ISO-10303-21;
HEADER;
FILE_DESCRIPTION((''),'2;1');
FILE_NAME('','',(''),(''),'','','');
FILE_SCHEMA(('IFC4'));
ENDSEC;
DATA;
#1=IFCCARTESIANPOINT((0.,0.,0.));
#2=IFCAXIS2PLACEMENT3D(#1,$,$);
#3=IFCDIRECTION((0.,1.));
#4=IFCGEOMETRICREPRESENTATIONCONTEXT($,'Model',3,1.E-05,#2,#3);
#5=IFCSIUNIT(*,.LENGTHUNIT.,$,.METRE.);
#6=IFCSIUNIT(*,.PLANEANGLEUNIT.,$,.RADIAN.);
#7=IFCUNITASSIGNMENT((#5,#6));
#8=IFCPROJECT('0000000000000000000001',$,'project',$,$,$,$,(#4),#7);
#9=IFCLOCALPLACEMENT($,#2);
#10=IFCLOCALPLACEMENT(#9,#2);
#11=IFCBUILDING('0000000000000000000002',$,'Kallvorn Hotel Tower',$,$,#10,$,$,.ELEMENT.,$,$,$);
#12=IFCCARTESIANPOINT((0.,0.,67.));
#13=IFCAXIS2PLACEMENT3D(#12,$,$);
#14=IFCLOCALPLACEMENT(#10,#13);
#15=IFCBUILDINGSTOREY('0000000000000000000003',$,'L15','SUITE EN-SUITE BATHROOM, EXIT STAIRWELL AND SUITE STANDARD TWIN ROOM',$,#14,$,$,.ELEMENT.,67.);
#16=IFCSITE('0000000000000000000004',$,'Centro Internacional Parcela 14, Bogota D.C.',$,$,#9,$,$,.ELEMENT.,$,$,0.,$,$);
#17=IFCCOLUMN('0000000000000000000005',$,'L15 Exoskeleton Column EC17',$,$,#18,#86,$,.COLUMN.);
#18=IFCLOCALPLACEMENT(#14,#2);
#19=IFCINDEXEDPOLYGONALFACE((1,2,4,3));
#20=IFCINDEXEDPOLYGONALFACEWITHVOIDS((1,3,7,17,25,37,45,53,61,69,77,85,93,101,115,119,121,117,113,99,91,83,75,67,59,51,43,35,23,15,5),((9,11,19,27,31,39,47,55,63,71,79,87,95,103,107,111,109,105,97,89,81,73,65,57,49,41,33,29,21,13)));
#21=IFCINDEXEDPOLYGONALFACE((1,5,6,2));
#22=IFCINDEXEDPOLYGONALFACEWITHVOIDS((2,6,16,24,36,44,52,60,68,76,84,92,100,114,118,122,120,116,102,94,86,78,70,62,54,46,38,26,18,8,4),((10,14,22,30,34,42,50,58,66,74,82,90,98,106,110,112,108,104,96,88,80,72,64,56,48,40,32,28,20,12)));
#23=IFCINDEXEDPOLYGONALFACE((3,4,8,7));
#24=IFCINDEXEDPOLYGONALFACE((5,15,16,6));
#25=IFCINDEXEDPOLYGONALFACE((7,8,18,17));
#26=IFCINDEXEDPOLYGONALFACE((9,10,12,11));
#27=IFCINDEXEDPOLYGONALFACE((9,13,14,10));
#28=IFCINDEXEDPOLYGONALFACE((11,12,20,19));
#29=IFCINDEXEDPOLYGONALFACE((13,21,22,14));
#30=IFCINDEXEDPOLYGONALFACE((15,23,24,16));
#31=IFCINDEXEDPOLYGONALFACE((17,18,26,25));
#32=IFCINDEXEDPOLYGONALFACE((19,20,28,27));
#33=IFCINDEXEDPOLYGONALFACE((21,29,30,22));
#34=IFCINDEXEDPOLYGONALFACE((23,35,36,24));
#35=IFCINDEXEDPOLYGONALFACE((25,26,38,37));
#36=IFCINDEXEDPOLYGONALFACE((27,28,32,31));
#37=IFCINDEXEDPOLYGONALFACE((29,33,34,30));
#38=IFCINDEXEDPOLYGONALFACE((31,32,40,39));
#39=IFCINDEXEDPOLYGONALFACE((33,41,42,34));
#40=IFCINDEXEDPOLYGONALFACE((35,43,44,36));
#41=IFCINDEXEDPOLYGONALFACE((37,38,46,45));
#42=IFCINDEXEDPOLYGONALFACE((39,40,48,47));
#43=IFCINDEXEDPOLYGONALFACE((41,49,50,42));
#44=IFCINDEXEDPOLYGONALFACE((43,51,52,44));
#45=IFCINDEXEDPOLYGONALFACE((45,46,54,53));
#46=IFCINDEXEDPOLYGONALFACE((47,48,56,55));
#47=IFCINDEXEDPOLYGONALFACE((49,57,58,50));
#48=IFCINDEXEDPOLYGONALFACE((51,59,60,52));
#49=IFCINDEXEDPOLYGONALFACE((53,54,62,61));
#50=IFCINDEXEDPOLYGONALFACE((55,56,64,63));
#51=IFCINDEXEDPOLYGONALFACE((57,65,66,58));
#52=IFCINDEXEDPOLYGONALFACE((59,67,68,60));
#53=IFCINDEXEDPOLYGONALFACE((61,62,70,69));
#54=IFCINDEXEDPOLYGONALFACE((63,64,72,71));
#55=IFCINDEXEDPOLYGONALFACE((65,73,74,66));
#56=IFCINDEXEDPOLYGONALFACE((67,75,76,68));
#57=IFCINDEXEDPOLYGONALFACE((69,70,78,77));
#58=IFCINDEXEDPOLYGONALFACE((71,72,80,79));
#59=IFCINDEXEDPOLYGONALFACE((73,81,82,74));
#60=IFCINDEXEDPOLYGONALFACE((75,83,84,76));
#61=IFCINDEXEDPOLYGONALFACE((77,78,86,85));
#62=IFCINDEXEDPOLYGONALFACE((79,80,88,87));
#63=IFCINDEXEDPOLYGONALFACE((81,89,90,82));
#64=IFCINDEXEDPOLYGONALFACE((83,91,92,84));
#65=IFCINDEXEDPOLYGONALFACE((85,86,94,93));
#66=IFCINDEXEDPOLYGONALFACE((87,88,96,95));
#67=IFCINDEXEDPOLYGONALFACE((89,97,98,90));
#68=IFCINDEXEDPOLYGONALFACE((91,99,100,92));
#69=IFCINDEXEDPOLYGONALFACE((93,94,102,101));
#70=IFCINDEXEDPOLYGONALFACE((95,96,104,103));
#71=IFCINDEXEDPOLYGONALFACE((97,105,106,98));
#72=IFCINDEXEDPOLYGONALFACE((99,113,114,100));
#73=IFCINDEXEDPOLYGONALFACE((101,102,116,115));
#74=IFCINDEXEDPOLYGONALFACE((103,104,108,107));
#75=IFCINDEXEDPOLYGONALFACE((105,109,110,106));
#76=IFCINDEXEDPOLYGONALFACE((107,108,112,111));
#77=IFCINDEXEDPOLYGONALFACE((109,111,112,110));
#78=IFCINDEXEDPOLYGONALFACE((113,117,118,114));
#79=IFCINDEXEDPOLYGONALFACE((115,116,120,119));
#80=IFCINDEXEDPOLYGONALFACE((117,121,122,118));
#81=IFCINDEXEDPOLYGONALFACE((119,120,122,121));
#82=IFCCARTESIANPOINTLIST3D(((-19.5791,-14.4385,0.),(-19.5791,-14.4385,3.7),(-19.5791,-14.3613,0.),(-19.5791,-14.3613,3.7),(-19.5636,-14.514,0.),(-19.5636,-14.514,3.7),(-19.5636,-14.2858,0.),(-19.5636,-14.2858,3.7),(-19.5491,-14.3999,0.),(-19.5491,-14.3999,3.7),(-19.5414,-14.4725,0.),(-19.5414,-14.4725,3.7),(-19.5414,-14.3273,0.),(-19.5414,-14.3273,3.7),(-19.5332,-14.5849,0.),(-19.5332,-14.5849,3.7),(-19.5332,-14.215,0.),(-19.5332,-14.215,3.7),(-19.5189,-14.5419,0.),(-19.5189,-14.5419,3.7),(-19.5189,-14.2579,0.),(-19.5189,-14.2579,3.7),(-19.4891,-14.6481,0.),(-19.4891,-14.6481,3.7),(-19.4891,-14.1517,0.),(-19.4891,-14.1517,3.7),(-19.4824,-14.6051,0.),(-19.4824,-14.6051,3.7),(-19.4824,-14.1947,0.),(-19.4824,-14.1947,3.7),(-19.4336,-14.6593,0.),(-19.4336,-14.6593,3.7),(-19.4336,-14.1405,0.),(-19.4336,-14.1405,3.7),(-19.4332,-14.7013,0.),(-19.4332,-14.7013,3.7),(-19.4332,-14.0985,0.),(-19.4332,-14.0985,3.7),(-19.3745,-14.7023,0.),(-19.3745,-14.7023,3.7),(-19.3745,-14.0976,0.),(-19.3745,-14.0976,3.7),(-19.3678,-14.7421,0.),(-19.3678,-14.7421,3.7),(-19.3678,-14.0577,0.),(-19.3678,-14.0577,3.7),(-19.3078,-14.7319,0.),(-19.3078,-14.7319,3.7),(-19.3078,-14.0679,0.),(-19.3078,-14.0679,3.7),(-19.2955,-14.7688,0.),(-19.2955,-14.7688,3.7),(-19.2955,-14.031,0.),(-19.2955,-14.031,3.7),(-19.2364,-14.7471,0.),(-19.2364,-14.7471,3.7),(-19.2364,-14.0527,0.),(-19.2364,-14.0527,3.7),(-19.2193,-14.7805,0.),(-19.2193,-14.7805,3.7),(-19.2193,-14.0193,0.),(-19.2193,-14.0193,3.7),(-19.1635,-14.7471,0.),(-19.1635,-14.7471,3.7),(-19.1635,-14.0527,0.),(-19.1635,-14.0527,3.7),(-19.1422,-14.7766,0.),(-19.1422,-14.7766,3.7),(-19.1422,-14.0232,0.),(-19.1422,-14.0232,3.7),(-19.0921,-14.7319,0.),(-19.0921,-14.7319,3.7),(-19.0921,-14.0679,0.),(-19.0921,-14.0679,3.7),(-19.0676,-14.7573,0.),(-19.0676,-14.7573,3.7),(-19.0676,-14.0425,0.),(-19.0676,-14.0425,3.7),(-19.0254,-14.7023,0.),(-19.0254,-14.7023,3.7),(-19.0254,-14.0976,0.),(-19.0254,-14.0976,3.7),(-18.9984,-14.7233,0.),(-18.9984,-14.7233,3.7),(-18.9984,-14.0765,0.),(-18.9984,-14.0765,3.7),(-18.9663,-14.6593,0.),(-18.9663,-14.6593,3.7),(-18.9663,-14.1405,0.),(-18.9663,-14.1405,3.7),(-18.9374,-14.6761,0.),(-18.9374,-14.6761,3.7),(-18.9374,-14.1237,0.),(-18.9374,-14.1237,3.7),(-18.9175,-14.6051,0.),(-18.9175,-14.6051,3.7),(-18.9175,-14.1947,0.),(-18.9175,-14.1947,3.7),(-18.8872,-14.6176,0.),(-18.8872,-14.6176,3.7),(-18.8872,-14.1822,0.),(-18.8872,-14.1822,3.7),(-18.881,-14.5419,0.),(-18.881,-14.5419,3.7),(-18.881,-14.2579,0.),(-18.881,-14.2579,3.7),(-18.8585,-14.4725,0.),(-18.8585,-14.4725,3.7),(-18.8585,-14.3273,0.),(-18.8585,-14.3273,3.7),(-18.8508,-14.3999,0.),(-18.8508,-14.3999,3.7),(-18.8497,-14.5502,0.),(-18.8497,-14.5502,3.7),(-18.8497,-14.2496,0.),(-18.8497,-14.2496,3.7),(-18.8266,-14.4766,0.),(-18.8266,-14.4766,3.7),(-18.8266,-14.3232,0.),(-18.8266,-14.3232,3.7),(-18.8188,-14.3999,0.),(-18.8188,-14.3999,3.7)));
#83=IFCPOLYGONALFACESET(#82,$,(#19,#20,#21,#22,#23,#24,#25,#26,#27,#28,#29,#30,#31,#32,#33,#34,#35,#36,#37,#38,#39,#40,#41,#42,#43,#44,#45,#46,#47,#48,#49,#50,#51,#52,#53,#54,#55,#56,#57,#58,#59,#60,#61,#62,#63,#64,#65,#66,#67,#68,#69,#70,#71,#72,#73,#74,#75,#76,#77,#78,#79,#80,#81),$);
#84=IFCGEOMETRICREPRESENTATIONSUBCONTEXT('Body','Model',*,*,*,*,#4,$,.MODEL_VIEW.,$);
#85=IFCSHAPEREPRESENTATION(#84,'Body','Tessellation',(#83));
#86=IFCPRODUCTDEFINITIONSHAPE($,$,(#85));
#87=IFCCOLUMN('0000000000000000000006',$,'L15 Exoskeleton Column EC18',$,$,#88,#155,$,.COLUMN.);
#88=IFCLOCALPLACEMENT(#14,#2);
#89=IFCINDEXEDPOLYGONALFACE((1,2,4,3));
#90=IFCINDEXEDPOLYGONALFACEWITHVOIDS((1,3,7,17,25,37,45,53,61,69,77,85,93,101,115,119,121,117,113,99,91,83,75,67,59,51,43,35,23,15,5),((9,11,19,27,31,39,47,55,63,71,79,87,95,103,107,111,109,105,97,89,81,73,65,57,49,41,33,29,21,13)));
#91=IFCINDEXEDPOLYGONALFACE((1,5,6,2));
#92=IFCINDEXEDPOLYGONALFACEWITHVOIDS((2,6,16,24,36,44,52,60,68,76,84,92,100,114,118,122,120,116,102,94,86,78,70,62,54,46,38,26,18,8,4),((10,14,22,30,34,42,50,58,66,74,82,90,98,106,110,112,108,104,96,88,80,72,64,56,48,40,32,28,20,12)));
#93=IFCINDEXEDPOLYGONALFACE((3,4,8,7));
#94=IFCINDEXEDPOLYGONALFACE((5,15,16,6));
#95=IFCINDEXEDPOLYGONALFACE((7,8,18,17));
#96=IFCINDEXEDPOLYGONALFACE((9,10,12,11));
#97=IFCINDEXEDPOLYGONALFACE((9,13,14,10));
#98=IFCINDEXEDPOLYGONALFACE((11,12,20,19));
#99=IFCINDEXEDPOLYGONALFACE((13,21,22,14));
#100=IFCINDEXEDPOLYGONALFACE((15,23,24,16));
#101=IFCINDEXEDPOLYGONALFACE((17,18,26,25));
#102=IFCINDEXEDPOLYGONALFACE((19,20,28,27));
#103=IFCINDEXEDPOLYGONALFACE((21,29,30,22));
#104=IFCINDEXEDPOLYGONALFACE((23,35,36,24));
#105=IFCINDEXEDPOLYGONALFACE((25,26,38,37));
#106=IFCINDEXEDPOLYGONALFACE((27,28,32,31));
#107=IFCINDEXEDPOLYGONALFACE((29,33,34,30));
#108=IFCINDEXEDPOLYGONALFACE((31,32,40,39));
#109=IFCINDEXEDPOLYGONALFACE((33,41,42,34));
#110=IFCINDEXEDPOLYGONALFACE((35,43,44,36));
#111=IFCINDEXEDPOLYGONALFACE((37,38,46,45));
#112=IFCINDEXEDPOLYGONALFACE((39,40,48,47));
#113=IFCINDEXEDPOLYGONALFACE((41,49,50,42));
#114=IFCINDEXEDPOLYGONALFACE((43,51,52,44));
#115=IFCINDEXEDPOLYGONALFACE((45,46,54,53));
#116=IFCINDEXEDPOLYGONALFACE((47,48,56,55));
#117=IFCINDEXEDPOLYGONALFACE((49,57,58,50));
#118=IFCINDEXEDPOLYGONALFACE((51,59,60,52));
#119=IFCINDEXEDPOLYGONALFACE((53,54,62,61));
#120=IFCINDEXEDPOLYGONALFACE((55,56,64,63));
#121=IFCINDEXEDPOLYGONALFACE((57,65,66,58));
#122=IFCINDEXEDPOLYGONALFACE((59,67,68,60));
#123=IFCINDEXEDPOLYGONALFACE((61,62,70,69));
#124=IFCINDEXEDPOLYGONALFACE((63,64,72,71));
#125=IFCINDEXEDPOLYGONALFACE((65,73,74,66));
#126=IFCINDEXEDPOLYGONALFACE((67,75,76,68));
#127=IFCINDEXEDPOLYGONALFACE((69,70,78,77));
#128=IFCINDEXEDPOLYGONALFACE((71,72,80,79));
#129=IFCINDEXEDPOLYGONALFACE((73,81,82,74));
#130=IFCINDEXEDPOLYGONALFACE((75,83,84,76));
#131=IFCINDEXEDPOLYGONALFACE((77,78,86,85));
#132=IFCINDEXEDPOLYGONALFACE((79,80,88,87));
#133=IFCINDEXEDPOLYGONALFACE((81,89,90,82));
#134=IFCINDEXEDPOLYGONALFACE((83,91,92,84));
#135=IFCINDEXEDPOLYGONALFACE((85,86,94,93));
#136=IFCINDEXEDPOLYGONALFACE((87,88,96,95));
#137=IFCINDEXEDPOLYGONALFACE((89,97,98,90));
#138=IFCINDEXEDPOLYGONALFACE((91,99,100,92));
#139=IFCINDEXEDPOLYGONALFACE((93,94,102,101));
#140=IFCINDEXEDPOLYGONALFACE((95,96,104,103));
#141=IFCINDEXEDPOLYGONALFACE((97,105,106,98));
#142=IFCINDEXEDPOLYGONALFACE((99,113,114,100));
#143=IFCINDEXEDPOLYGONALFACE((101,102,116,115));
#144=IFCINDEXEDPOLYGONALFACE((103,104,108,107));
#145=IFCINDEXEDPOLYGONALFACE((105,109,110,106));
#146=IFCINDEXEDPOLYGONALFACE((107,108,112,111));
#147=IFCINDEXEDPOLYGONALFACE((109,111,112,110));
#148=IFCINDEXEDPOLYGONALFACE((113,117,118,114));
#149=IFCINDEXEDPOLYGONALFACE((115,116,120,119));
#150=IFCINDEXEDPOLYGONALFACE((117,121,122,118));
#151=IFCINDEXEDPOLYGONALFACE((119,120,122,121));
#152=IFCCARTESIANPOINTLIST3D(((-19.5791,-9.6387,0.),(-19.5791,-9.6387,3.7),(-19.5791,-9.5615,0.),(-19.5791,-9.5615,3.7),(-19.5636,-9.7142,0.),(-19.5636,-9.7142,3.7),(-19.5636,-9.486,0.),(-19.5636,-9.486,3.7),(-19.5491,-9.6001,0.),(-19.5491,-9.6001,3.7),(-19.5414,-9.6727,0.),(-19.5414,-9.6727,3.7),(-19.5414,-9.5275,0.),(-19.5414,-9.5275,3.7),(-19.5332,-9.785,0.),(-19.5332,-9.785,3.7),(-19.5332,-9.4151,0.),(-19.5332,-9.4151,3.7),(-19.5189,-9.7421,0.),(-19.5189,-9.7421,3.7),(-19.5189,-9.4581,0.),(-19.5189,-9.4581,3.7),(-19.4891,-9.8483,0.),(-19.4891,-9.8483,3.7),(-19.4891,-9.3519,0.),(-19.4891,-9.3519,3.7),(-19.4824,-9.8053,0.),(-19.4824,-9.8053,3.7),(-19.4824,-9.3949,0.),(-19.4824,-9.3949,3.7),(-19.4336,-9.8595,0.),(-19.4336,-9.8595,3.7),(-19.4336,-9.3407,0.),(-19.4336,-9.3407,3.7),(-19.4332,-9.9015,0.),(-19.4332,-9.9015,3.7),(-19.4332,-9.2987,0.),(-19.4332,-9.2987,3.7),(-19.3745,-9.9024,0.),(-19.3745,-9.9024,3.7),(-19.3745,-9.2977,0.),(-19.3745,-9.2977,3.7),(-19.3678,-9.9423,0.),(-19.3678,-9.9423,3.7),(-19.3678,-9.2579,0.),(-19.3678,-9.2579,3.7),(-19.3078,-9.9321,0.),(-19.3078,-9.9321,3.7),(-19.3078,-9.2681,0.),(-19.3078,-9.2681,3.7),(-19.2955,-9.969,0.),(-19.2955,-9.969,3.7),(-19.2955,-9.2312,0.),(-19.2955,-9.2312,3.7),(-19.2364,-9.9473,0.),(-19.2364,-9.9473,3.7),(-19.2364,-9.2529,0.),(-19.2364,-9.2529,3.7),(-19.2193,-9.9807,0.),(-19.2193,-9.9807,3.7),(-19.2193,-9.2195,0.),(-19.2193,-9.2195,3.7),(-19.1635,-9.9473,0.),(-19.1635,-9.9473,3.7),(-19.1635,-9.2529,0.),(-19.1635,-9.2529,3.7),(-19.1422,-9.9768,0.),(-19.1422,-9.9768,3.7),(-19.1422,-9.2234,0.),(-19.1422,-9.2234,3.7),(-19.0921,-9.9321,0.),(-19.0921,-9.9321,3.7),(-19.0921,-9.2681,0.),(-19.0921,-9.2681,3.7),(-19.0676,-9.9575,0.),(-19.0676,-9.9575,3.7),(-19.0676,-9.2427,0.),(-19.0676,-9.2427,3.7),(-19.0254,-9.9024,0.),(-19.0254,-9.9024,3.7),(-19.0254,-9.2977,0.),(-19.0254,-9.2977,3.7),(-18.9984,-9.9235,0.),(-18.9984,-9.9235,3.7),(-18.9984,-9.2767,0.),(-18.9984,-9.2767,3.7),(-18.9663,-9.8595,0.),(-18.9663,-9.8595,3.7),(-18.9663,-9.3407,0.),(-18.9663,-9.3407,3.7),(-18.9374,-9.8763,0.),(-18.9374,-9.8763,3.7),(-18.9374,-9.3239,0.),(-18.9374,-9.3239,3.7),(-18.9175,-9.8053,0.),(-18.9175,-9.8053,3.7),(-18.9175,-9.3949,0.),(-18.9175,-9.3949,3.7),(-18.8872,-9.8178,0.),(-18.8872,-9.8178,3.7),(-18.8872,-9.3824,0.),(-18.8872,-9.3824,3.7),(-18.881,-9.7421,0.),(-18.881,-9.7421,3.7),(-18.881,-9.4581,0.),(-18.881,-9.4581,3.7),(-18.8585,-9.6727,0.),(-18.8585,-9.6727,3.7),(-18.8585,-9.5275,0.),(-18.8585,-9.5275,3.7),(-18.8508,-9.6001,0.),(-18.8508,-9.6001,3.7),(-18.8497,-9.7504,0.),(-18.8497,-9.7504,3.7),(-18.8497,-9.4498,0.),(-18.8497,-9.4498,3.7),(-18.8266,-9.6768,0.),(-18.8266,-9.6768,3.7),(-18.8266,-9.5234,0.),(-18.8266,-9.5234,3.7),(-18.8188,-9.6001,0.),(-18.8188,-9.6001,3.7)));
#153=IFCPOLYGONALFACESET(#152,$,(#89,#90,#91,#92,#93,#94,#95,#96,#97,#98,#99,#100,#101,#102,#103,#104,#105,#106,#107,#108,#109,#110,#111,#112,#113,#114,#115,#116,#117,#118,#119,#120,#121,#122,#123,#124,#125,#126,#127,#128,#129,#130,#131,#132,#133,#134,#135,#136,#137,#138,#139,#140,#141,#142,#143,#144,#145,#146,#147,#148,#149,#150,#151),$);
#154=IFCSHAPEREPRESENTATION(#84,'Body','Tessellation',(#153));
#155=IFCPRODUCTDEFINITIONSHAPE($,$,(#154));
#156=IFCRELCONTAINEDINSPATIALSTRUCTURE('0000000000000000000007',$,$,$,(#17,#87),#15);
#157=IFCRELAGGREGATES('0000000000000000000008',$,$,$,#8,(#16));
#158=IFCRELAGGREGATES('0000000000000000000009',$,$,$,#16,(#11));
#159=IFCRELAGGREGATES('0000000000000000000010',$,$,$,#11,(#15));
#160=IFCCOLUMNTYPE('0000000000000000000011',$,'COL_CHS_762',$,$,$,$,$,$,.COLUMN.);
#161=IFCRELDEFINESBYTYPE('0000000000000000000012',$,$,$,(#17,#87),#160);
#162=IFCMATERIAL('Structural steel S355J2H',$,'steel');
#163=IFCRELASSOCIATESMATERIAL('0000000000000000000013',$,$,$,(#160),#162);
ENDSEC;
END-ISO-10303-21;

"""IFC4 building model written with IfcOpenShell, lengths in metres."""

from ifc_helpers import new_model, si_unit, direction, frame, origin, origin_2d, place, context, subcontext, project, spatial, hollow_circle, extrude, material, material_profile, profile_set, type_object, element, save


model = new_model("IFC4")

# Units and contexts
model_context = context("Model", 3, precision=1e-05, world=origin(), true_north=direction((0.0, 1.0)))
body_context = subcontext(model_context, "Body", "Model", "MODEL_VIEW")
ifc_project = project(units=[si_unit("LENGTHUNIT", "METRE"), si_unit("PLANEANGLEUNIT", "RADIAN")], contexts=[model_context])

# Site, building, storey
site_placement = place(None, origin())
site = spatial("IfcSite", under=ifc_project, at=site_placement, Name="Centro Internacional Parcela 14, Bogota D.C.", CompositionType="ELEMENT", RefElevation=0.0)
building_placement = place(site_placement, origin())
building = spatial("IfcBuilding", under=site, at=building_placement, Name="Kallvorn Hotel Tower", CompositionType="ELEMENT")
storey_placement = place(building_placement, frame((0.0, 0.0, 67.0)))
storey = spatial("IfcBuildingStorey", under=building, at=storey_placement, Name="L15", Description="SUITE EN-SUITE BATHROOM, EXIT STAIRWELL AND SUITE STANDARD TWIN ROOM", CompositionType="ELEMENT", Elevation=67.0)

# Columns
ifc_material_1 = material(Name="Structural steel S355J2H", Category="steel")
ifc_material_profile_1 = material_profile(ifc_material_1, hollow_circle(Radius=0.3811, WallThickness=0.032, at=origin_2d()), Name="CHS 762x32")
ifc_profile_set_1 = profile_set([ifc_material_profile_1], Name="Structural steel S355J2H")
column_type_1 = type_object("IfcColumnType", Name="COL_CHS_762", PredefinedType="COLUMN", material=ifc_profile_set_1)
for number, where, z_axis, x_axis, name in (
    (1, (-19.2, -14.3999, 0.0), (0.0, 0.0, 1.0), (1.0, 0.0, 0.0), "L15 Exoskeleton Column EC17"),
    (2, (-19.2, -9.6001, 0.0), (0.0, 0.0, 1.0), (1.0, 0.0, 0.0), "L15 Exoskeleton Column EC18"),
):
    element("IfcColumn", number, at=place(storey_placement, frame(where, z_axis=z_axis, x_axis=x_axis)), inside=storey, type_object=column_type_1, Name=name, PredefinedType="COLUMN", context=body_context, shape_type="SweptSolid", body=[
        extrude(hollow_circle(Radius=0.3811, WallThickness=0.032, at=origin_2d()), origin(), (0.0, 0.0, 1.0), 3.7),
    ])

save(model, "model.ifc")
